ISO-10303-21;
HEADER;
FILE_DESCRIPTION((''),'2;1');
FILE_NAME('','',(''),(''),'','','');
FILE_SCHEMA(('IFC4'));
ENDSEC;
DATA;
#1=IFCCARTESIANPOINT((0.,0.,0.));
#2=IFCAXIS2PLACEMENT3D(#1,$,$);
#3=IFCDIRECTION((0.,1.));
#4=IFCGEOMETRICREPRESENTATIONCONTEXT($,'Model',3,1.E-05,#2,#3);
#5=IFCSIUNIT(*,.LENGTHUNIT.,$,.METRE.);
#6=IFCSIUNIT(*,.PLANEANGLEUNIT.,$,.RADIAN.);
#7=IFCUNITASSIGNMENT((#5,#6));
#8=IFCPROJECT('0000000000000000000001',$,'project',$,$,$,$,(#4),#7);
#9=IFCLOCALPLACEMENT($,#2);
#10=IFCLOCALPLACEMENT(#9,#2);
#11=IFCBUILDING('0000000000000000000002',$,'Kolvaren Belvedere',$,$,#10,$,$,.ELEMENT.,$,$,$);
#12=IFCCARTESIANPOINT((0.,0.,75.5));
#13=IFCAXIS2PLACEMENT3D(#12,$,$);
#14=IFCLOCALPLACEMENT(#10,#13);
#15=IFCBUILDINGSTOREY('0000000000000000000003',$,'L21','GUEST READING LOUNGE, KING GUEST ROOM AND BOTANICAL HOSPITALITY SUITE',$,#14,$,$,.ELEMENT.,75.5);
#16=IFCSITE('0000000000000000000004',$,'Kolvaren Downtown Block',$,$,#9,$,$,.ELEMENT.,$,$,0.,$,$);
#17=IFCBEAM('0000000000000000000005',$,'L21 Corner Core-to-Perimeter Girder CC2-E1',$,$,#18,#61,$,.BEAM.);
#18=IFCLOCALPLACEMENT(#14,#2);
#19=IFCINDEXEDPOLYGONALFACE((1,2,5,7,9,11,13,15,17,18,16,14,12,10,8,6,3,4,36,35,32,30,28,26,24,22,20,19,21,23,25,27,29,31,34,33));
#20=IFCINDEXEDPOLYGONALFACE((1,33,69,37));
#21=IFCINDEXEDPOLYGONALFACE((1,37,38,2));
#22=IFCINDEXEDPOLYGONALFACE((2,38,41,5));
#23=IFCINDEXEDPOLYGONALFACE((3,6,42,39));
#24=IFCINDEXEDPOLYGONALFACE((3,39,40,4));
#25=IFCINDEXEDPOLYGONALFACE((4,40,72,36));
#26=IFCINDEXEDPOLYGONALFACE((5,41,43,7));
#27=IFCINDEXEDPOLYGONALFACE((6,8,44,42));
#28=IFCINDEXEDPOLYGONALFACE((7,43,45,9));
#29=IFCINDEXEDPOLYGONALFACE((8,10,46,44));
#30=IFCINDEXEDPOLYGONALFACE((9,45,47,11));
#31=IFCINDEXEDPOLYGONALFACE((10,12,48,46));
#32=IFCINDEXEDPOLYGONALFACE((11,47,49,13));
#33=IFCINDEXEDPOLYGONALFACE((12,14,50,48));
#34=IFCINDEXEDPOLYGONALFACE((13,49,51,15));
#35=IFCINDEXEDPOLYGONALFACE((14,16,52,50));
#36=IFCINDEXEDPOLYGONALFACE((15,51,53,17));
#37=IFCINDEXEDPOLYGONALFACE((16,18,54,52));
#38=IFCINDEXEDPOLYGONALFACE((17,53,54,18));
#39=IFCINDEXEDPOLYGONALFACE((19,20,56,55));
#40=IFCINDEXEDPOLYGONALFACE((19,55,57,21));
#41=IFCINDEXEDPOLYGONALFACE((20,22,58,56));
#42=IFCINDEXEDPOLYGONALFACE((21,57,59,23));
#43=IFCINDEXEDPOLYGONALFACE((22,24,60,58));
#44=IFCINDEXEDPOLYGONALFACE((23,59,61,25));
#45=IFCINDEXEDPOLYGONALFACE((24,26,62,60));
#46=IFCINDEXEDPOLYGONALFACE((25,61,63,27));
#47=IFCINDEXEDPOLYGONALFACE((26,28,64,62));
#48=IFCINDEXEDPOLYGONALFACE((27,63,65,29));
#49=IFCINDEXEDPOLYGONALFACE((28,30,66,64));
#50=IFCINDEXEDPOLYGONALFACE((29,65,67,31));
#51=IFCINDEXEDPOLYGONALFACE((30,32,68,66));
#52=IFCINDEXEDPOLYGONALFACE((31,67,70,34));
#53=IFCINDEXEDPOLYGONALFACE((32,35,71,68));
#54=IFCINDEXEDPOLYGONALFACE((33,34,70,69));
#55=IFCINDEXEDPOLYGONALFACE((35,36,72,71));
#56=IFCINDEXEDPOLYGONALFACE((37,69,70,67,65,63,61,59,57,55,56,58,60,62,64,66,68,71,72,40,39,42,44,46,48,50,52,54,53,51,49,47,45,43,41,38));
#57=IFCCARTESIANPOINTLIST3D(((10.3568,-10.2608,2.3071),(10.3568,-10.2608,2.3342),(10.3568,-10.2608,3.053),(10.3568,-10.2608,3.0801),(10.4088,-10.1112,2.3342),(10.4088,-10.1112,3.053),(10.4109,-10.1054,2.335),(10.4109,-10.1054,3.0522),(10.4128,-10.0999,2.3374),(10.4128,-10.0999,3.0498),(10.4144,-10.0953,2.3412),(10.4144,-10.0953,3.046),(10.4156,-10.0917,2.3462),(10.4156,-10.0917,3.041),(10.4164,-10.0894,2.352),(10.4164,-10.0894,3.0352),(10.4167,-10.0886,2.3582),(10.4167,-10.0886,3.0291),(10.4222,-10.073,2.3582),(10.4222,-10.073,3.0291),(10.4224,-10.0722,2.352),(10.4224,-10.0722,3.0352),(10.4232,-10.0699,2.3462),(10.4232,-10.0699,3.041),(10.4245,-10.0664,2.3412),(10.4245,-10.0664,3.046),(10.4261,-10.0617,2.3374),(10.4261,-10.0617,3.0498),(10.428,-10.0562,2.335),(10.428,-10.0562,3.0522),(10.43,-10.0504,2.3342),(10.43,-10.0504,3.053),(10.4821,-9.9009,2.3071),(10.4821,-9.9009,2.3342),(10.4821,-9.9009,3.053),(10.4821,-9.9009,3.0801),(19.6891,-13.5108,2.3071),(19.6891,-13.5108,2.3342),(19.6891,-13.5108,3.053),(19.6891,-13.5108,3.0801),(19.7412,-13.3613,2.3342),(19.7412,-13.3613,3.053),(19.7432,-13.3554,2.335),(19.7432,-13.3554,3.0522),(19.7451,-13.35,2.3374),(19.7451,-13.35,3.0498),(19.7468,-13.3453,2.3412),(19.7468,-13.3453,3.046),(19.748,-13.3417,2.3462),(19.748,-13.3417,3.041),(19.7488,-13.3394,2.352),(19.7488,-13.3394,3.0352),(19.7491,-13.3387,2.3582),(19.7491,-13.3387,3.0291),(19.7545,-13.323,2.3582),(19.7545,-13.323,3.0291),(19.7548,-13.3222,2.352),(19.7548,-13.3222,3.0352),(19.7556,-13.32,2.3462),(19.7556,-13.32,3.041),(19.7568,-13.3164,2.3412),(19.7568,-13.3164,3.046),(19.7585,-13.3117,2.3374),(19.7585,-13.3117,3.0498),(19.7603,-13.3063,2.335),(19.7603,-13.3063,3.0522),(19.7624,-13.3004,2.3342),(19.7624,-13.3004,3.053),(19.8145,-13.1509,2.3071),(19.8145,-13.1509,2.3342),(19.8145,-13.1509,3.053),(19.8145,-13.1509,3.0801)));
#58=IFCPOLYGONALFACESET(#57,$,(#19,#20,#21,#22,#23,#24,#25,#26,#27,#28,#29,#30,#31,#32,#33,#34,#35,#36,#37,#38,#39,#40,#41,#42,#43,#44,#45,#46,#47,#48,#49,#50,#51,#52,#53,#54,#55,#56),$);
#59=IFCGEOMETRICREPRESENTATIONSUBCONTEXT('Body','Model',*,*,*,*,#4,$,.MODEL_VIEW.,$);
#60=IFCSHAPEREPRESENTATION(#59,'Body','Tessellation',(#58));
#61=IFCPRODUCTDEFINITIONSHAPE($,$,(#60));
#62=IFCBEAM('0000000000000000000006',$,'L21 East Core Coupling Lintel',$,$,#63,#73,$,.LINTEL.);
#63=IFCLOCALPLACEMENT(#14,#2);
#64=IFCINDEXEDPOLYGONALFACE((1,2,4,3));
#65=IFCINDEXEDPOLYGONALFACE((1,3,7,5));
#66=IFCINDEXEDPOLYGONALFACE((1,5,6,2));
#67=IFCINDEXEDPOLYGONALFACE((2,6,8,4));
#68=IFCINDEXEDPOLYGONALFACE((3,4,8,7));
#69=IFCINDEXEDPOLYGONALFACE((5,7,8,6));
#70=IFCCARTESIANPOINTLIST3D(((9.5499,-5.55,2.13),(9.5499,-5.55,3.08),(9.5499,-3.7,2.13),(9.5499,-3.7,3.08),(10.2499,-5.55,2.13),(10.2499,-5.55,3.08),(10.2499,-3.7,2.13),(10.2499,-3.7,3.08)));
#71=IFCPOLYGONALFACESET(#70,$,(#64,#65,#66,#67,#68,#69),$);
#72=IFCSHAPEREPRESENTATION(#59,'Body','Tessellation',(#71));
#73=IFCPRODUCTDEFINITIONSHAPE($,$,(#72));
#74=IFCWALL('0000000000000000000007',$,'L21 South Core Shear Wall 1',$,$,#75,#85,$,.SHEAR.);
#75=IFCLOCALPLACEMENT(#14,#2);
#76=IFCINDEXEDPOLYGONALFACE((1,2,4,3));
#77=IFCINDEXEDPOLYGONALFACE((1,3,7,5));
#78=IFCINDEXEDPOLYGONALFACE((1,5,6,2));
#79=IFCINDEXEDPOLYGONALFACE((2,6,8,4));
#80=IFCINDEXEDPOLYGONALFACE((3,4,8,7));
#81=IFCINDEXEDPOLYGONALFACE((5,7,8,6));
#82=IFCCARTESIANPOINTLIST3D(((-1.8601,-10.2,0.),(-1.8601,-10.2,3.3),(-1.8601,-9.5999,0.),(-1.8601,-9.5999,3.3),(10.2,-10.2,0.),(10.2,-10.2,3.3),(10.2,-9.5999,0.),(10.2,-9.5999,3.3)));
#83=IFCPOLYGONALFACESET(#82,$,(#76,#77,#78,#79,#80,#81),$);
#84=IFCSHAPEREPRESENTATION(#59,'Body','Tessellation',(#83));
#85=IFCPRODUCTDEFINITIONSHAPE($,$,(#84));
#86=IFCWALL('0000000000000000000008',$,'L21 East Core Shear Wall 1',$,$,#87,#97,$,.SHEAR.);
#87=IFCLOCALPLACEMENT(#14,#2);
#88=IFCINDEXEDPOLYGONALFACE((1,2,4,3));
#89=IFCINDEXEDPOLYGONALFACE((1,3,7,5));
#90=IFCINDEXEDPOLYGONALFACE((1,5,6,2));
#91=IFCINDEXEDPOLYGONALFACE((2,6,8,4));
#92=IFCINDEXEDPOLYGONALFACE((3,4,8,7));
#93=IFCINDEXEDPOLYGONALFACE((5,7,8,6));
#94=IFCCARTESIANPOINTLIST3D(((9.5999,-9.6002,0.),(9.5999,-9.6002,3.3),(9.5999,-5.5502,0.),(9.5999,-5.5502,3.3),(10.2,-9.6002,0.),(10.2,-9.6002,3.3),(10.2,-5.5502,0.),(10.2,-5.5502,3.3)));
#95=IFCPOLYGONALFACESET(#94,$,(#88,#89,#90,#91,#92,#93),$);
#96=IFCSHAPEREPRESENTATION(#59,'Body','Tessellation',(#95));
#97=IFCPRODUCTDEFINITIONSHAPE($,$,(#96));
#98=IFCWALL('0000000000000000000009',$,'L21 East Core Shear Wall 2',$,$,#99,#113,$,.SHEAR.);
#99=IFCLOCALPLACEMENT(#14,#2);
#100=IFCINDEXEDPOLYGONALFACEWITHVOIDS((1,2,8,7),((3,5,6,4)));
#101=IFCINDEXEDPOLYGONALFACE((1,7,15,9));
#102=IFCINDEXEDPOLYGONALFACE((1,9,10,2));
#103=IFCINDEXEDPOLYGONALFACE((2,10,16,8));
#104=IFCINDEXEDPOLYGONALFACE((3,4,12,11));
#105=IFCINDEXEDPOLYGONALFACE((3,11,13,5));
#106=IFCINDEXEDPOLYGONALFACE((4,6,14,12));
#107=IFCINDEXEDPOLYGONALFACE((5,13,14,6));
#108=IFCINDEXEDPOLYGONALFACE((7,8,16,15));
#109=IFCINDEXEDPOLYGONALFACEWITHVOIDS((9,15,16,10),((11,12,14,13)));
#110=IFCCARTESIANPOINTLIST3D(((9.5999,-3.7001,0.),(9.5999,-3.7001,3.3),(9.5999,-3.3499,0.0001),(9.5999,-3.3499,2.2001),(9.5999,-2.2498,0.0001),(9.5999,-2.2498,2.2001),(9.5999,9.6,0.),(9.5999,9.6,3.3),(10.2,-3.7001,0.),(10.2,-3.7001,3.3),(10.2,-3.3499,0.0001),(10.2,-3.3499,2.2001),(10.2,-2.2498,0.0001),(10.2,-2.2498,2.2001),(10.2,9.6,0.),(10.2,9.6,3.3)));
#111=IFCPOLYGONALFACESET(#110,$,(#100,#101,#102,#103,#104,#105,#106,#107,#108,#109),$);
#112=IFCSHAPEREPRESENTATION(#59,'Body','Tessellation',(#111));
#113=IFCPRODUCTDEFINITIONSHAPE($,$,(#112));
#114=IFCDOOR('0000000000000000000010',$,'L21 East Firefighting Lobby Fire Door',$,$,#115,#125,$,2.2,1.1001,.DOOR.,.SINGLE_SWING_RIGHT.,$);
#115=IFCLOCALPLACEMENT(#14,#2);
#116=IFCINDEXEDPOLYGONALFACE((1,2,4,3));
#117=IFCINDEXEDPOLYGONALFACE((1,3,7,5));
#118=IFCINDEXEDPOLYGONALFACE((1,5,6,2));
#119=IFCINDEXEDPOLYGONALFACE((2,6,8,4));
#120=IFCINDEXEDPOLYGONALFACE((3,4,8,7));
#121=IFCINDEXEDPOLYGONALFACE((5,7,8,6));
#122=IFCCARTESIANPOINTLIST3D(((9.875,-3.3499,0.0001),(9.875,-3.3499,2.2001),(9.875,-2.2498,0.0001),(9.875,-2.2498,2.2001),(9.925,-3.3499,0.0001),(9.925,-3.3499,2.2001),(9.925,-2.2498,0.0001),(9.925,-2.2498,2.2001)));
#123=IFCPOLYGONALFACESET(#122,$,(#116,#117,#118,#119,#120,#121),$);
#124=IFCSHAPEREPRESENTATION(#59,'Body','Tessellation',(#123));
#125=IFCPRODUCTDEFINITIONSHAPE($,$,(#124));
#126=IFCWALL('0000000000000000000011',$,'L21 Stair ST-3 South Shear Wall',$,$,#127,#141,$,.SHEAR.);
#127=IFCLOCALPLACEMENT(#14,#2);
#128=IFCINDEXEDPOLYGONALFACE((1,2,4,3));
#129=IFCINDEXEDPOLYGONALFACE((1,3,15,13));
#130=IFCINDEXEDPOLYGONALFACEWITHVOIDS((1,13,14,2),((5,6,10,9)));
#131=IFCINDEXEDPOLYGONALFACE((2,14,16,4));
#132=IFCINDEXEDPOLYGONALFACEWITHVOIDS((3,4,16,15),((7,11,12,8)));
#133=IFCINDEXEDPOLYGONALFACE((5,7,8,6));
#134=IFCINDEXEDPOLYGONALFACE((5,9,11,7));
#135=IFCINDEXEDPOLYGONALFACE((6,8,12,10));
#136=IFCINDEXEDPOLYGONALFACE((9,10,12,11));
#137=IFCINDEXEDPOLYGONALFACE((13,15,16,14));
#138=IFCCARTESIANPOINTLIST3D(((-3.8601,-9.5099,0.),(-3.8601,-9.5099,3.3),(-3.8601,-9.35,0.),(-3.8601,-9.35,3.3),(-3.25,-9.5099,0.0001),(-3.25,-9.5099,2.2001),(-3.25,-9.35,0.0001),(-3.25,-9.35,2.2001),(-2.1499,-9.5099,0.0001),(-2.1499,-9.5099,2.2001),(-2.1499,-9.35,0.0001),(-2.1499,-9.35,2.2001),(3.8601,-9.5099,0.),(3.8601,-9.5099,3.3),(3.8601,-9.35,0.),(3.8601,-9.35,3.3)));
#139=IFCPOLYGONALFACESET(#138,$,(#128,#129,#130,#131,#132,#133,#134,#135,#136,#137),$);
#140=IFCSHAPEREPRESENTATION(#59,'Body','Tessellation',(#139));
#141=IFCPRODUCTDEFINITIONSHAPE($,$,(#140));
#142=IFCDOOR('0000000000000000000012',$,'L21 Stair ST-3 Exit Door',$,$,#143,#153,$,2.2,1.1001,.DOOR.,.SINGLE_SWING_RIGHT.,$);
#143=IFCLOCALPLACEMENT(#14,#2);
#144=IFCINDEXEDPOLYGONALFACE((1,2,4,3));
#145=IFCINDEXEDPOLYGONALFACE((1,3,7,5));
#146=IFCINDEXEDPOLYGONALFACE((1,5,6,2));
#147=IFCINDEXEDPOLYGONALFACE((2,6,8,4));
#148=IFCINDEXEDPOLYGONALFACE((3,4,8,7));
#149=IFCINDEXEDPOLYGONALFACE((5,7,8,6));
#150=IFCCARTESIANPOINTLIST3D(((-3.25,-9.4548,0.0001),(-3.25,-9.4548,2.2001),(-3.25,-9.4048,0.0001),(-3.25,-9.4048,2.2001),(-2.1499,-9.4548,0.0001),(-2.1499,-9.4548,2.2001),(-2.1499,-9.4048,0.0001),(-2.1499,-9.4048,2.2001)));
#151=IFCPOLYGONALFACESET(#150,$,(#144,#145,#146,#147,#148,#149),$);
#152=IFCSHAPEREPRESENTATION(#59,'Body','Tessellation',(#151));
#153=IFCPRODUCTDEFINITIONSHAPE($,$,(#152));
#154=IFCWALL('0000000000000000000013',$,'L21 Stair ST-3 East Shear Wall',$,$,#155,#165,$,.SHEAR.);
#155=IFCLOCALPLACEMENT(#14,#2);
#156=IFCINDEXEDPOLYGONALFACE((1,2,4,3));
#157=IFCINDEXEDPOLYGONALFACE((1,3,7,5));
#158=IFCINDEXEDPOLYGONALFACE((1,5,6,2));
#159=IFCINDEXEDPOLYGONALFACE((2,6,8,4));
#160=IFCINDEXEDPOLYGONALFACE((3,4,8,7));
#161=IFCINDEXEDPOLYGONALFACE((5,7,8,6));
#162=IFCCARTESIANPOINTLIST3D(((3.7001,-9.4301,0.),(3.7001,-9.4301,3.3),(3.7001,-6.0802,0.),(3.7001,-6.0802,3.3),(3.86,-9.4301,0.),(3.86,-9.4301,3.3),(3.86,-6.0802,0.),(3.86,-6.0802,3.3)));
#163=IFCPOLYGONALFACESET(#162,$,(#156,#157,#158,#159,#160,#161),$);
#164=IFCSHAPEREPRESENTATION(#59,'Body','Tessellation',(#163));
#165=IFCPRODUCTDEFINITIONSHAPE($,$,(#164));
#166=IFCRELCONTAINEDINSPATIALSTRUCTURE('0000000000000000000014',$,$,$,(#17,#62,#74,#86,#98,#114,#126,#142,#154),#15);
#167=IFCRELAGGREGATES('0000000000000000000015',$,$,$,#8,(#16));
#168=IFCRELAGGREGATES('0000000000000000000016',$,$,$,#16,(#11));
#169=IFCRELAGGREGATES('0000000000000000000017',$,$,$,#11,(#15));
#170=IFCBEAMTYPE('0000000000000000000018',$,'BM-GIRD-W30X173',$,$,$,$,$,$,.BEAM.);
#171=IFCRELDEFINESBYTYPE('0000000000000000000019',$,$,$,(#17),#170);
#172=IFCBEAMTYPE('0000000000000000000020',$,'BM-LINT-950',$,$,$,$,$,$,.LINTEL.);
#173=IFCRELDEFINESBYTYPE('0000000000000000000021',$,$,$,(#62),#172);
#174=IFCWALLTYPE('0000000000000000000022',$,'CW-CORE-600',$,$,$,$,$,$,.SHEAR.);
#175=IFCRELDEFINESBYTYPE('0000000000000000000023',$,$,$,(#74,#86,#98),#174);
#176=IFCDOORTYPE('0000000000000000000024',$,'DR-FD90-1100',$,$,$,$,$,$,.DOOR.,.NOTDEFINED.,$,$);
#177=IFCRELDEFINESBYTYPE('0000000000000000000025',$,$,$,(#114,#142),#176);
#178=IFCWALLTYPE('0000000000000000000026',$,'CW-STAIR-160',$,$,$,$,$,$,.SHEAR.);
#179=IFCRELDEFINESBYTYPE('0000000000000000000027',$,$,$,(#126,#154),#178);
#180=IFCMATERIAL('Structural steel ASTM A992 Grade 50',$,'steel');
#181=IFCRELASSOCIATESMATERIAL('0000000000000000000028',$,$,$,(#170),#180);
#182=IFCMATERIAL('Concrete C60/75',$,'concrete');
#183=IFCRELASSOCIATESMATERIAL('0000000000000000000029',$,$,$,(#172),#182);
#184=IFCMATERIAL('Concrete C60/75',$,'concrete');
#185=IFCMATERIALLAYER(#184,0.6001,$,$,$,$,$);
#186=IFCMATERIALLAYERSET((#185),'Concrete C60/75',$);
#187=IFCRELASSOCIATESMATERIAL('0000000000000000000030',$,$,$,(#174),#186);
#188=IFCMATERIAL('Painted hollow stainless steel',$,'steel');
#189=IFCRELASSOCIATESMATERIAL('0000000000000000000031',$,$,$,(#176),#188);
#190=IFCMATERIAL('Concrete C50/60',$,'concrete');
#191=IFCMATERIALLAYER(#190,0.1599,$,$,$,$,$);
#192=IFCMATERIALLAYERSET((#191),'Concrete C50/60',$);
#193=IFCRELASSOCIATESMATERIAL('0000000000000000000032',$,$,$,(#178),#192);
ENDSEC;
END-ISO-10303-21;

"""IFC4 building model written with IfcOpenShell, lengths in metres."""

from ifc_helpers import new_model, si_unit, direction, frame, frame_2d, origin, origin_2d, place, context, subcontext, project, spatial, rectangle, i_section, extrude, material, layer, layer_set, material_profile, profile_set, type_object, element, fill, save


model = new_model("IFC4")

# Units and contexts
model_context = context("Model", 3, precision=1e-05, world=origin(), true_north=direction((0.0, 1.0)))
body_context = subcontext(model_context, "Body", "Model", "MODEL_VIEW")
ifc_project = project(units=[si_unit("LENGTHUNIT", "METRE"), si_unit("PLANEANGLEUNIT", "RADIAN")], contexts=[model_context])

# Site, building, storey
site_placement = place(None, origin())
site = spatial("IfcSite", under=ifc_project, at=site_placement, Name="Kolvaren Downtown Block", CompositionType="ELEMENT", RefElevation=0.0)
building_placement = place(site_placement, origin())
building = spatial("IfcBuilding", under=site, at=building_placement, Name="Kolvaren Belvedere", CompositionType="ELEMENT")
storey_placement = place(building_placement, frame((0.0, 0.0, 75.5)))
storey = spatial("IfcBuildingStorey", under=building, at=storey_placement, Name="L21", Description="GUEST READING LOUNGE, KING GUEST ROOM AND BOTANICAL HOSPITALITY SUITE", CompositionType="ELEMENT", Elevation=75.5)

# Beams
ifc_material_1 = material(Name="Structural steel ASTM A992 Grade 50", Category="steel")
ifc_material_profile_1 = material_profile(ifc_material_1, i_section(OverallWidth=0.3811, OverallDepth=0.7729, WebThickness=0.0166, FlangeThickness=0.0271, FilletRadius=0.0239, at=origin_2d()), Name="W30X173")
ifc_profile_set_1 = profile_set([ifc_material_profile_1], Name="Structural steel ASTM A992 Grade 50")
beam_type_1 = type_object("IfcBeamType", Name="BM-GIRD-W30X173", PredefinedType="BEAM", material=ifc_profile_set_1)
beam_1_placement = place(storey_placement, frame((10.4194, -10.0808, 2.6936), z_axis=(0.944371, -0.328881, 0.0), x_axis=(0.328881, 0.944371, 0.0)))
element("IfcBeam", 1, at=beam_1_placement, inside=storey, type_object=beam_type_1, Name="L21 Corner Core-to-Perimeter Girder CC2-E1", PredefinedType="BEAM", context=body_context, shape_type="SweptSolid", body=[
    extrude(i_section(OverallWidth=0.3811, OverallDepth=0.7729, WebThickness=0.0166, FlangeThickness=0.0271, FilletRadius=0.0239, at=origin_2d()), origin(), (0.0, 0.0, 1.0), 9.8821),
])
ifc_material_2 = material(Name="Concrete C60/75", Category="concrete")
ifc_material_profile_2 = material_profile(ifc_material_2, rectangle(XDim=0.7, YDim=0.95, at=origin_2d()), Name="RC 700X950")
ifc_profile_set_2 = profile_set([ifc_material_profile_2], Name="Concrete C60/75")
beam_type_2 = type_object("IfcBeamType", Name="BM-LINT-950", PredefinedType="LINTEL", material=ifc_profile_set_2)
beam_2_placement = place(storey_placement, frame((9.8999, -5.55, 2.605), z_axis=(0.0, 1.0, 0.0), x_axis=(-1.0, 0.0, 0.0)))
element("IfcBeam", 2, at=beam_2_placement, inside=storey, type_object=beam_type_2, Name="L21 East Core Coupling Lintel", PredefinedType="LINTEL", context=body_context, shape_type="SweptSolid", body=[
    extrude(rectangle(XDim=0.7, YDim=0.95, at=origin_2d()), origin(), (0.0, 0.0, 1.0), 1.8501),
])

# Walls
ifc_material_3 = material(Name="Concrete C60/75", Category="concrete")
ifc_layer_1 = layer(ifc_material_3, 0.6001)
ifc_layer_set_1 = layer_set([ifc_layer_1], Name="Concrete C60/75")
wall_type_1 = type_object("IfcWallType", Name="CW-CORE-600", PredefinedType="SHEAR", material=ifc_layer_set_1)
wall_1_placement = place(storey_placement, frame((10.2, -9.8999, 0.0), z_axis=(0.0, 0.0, 1.0), x_axis=(-1.0, 0.0, 0.0)))
element("IfcWall", 3, at=wall_1_placement, inside=storey, type_object=wall_type_1, Name="L21 South Core Shear Wall 1", PredefinedType="SHEAR", context=body_context, shape_type="SweptSolid", body=[
    extrude(rectangle(XDim=12.0601, YDim=0.6001, at=frame_2d((6.03, 0.0))), origin(), (0.0, 0.0, 1.0), 3.3),
])
wall_2_placement = place(storey_placement, frame((9.8999, -9.6001, 0.0), z_axis=(0.0, 0.0, 1.0), x_axis=(0.0, 1.0, 0.0)))
element("IfcWall", 4, at=wall_2_placement, inside=storey, type_object=wall_type_1, Name="L21 East Core Shear Wall 1", PredefinedType="SHEAR", context=body_context, shape_type="SweptSolid", body=[
    extrude(rectangle(XDim=4.05, YDim=0.6001, at=frame_2d((2.0249, 0.0))), origin(), (0.0, 0.0, 1.0), 3.3),
])

# Walls, openings, doors
wall_3_placement = place(storey_placement, frame((9.8999, -3.7, 0.0), z_axis=(0.0, 0.0, 1.0), x_axis=(0.0, 1.0, 0.0)))
wall_3 = element("IfcWall", 5, at=wall_3_placement, inside=storey, type_object=wall_type_1, Name="L21 East Core Shear Wall 2", PredefinedType="SHEAR", context=body_context, shape_type="SweptSolid", body=[
    extrude(rectangle(XDim=13.3, YDim=0.6001, at=frame_2d((6.6499, 0.0))), origin(), (0.0, 0.0, 1.0), 3.3),
])
opening_1_placement = place(wall_3_placement, frame((0.3501, 0.0, 0.0)))
opening_1 = element("IfcOpeningElement", 6, at=opening_1_placement, cuts=wall_3, PredefinedType="OPENING", context=body_context, shape_type="SweptSolid", body=[
    extrude(rectangle(XDim=1.1001, YDim=2.2, at=frame_2d((0.55, 1.1001))), frame((0.0, 0.3101, 0.0), z_axis=(0.0, -1.0, 0.0), x_axis=(1.0, 0.0, 0.0)), (0.0, 0.0, 1.0), 0.6201),
])
ifc_material_4 = material(Name="Painted hollow stainless steel", Category="steel")
door_type_1 = type_object("IfcDoorType", Name="DR-FD90-1100", OperationType="NOTDEFINED", PredefinedType="DOOR", material=ifc_material_4)
door_1_placement = place(opening_1_placement, origin())
door_1 = element("IfcDoor", 7, at=door_1_placement, inside=storey, type_object=door_type_1, Name="L21 East Firefighting Lobby Fire Door", OperationType="SINGLE_SWING_RIGHT", OverallHeight=2.2, OverallWidth=1.1001, PredefinedType="DOOR", context=body_context, shape_type="SweptSolid", body=[
    extrude(rectangle(XDim=1.1001, YDim=2.2, at=frame_2d((0.55, 1.1001))), frame((0.0, 0.0249, 0.0), z_axis=(0.0, -1.0, 0.0), x_axis=(1.0, 0.0, 0.0)), (0.0, 0.0, 1.0), 0.05),
])
fill(opening_1, door_1)
ifc_material_5 = material(Name="Concrete C50/60", Category="concrete")
ifc_layer_2 = layer(ifc_material_5, 0.1599)
ifc_layer_set_2 = layer_set([ifc_layer_2], Name="Concrete C50/60")
wall_type_2 = type_object("IfcWallType", Name="CW-STAIR-160", PredefinedType="SHEAR", material=ifc_layer_set_2)
wall_4_placement = place(storey_placement, frame((3.8601, -9.4299, 0.0), z_axis=(0.0, 0.0, 1.0), x_axis=(-1.0, 0.0, 0.0)))
wall_4 = element("IfcWall", 8, at=wall_4_placement, inside=storey, type_object=wall_type_2, Name="L21 Stair ST-3 South Shear Wall", PredefinedType="SHEAR", context=body_context, shape_type="SweptSolid", body=[
    extrude(rectangle(XDim=7.7202, YDim=0.1599, at=frame_2d((3.8601, 0.0))), origin(), (0.0, 0.0, 1.0), 3.3),
])
opening_2_placement = place(wall_4_placement, frame((6.01, 0.0, 0.0)))
opening_2 = element("IfcOpeningElement", 9, at=opening_2_placement, cuts=wall_4, PredefinedType="OPENING", context=body_context, shape_type="SweptSolid", body=[
    extrude(rectangle(XDim=1.1001, YDim=2.2, at=frame_2d((0.55, 1.1001))), frame((0.0, 0.0898, 0.0), z_axis=(0.0, -1.0, 0.0), x_axis=(1.0, 0.0, 0.0)), (0.0, 0.0, 1.0), 0.1799),
])
door_2_placement = place(opening_2_placement, origin())
door_2 = element("IfcDoor", 10, at=door_2_placement, inside=storey, type_object=door_type_1, Name="L21 Stair ST-3 Exit Door", OperationType="SINGLE_SWING_RIGHT", OverallHeight=2.2, OverallWidth=1.1001, PredefinedType="DOOR", context=body_context, shape_type="SweptSolid", body=[
    extrude(rectangle(XDim=1.1001, YDim=2.2, at=frame_2d((0.55, 1.1001))), frame((0.0, 0.0249, 0.0), z_axis=(0.0, -1.0, 0.0), x_axis=(1.0, 0.0, 0.0)), (0.0, 0.0, 1.0), 0.05),
])
fill(opening_2, door_2)

# Wall
wall_5_placement = place(storey_placement, frame((3.78, -9.4299, 0.0), z_axis=(0.0, 0.0, 1.0), x_axis=(0.0, 1.0, 0.0)))
element("IfcWall", 11, at=wall_5_placement, inside=storey, type_object=wall_type_2, Name="L21 Stair ST-3 East Shear Wall", PredefinedType="SHEAR", context=body_context, shape_type="SweptSolid", body=[
    extrude(rectangle(XDim=3.3499, YDim=0.1599, at=frame_2d((1.6748, 0.0))), origin(), (0.0, 0.0, 1.0), 3.3),
])

save(model, "model.ifc")
